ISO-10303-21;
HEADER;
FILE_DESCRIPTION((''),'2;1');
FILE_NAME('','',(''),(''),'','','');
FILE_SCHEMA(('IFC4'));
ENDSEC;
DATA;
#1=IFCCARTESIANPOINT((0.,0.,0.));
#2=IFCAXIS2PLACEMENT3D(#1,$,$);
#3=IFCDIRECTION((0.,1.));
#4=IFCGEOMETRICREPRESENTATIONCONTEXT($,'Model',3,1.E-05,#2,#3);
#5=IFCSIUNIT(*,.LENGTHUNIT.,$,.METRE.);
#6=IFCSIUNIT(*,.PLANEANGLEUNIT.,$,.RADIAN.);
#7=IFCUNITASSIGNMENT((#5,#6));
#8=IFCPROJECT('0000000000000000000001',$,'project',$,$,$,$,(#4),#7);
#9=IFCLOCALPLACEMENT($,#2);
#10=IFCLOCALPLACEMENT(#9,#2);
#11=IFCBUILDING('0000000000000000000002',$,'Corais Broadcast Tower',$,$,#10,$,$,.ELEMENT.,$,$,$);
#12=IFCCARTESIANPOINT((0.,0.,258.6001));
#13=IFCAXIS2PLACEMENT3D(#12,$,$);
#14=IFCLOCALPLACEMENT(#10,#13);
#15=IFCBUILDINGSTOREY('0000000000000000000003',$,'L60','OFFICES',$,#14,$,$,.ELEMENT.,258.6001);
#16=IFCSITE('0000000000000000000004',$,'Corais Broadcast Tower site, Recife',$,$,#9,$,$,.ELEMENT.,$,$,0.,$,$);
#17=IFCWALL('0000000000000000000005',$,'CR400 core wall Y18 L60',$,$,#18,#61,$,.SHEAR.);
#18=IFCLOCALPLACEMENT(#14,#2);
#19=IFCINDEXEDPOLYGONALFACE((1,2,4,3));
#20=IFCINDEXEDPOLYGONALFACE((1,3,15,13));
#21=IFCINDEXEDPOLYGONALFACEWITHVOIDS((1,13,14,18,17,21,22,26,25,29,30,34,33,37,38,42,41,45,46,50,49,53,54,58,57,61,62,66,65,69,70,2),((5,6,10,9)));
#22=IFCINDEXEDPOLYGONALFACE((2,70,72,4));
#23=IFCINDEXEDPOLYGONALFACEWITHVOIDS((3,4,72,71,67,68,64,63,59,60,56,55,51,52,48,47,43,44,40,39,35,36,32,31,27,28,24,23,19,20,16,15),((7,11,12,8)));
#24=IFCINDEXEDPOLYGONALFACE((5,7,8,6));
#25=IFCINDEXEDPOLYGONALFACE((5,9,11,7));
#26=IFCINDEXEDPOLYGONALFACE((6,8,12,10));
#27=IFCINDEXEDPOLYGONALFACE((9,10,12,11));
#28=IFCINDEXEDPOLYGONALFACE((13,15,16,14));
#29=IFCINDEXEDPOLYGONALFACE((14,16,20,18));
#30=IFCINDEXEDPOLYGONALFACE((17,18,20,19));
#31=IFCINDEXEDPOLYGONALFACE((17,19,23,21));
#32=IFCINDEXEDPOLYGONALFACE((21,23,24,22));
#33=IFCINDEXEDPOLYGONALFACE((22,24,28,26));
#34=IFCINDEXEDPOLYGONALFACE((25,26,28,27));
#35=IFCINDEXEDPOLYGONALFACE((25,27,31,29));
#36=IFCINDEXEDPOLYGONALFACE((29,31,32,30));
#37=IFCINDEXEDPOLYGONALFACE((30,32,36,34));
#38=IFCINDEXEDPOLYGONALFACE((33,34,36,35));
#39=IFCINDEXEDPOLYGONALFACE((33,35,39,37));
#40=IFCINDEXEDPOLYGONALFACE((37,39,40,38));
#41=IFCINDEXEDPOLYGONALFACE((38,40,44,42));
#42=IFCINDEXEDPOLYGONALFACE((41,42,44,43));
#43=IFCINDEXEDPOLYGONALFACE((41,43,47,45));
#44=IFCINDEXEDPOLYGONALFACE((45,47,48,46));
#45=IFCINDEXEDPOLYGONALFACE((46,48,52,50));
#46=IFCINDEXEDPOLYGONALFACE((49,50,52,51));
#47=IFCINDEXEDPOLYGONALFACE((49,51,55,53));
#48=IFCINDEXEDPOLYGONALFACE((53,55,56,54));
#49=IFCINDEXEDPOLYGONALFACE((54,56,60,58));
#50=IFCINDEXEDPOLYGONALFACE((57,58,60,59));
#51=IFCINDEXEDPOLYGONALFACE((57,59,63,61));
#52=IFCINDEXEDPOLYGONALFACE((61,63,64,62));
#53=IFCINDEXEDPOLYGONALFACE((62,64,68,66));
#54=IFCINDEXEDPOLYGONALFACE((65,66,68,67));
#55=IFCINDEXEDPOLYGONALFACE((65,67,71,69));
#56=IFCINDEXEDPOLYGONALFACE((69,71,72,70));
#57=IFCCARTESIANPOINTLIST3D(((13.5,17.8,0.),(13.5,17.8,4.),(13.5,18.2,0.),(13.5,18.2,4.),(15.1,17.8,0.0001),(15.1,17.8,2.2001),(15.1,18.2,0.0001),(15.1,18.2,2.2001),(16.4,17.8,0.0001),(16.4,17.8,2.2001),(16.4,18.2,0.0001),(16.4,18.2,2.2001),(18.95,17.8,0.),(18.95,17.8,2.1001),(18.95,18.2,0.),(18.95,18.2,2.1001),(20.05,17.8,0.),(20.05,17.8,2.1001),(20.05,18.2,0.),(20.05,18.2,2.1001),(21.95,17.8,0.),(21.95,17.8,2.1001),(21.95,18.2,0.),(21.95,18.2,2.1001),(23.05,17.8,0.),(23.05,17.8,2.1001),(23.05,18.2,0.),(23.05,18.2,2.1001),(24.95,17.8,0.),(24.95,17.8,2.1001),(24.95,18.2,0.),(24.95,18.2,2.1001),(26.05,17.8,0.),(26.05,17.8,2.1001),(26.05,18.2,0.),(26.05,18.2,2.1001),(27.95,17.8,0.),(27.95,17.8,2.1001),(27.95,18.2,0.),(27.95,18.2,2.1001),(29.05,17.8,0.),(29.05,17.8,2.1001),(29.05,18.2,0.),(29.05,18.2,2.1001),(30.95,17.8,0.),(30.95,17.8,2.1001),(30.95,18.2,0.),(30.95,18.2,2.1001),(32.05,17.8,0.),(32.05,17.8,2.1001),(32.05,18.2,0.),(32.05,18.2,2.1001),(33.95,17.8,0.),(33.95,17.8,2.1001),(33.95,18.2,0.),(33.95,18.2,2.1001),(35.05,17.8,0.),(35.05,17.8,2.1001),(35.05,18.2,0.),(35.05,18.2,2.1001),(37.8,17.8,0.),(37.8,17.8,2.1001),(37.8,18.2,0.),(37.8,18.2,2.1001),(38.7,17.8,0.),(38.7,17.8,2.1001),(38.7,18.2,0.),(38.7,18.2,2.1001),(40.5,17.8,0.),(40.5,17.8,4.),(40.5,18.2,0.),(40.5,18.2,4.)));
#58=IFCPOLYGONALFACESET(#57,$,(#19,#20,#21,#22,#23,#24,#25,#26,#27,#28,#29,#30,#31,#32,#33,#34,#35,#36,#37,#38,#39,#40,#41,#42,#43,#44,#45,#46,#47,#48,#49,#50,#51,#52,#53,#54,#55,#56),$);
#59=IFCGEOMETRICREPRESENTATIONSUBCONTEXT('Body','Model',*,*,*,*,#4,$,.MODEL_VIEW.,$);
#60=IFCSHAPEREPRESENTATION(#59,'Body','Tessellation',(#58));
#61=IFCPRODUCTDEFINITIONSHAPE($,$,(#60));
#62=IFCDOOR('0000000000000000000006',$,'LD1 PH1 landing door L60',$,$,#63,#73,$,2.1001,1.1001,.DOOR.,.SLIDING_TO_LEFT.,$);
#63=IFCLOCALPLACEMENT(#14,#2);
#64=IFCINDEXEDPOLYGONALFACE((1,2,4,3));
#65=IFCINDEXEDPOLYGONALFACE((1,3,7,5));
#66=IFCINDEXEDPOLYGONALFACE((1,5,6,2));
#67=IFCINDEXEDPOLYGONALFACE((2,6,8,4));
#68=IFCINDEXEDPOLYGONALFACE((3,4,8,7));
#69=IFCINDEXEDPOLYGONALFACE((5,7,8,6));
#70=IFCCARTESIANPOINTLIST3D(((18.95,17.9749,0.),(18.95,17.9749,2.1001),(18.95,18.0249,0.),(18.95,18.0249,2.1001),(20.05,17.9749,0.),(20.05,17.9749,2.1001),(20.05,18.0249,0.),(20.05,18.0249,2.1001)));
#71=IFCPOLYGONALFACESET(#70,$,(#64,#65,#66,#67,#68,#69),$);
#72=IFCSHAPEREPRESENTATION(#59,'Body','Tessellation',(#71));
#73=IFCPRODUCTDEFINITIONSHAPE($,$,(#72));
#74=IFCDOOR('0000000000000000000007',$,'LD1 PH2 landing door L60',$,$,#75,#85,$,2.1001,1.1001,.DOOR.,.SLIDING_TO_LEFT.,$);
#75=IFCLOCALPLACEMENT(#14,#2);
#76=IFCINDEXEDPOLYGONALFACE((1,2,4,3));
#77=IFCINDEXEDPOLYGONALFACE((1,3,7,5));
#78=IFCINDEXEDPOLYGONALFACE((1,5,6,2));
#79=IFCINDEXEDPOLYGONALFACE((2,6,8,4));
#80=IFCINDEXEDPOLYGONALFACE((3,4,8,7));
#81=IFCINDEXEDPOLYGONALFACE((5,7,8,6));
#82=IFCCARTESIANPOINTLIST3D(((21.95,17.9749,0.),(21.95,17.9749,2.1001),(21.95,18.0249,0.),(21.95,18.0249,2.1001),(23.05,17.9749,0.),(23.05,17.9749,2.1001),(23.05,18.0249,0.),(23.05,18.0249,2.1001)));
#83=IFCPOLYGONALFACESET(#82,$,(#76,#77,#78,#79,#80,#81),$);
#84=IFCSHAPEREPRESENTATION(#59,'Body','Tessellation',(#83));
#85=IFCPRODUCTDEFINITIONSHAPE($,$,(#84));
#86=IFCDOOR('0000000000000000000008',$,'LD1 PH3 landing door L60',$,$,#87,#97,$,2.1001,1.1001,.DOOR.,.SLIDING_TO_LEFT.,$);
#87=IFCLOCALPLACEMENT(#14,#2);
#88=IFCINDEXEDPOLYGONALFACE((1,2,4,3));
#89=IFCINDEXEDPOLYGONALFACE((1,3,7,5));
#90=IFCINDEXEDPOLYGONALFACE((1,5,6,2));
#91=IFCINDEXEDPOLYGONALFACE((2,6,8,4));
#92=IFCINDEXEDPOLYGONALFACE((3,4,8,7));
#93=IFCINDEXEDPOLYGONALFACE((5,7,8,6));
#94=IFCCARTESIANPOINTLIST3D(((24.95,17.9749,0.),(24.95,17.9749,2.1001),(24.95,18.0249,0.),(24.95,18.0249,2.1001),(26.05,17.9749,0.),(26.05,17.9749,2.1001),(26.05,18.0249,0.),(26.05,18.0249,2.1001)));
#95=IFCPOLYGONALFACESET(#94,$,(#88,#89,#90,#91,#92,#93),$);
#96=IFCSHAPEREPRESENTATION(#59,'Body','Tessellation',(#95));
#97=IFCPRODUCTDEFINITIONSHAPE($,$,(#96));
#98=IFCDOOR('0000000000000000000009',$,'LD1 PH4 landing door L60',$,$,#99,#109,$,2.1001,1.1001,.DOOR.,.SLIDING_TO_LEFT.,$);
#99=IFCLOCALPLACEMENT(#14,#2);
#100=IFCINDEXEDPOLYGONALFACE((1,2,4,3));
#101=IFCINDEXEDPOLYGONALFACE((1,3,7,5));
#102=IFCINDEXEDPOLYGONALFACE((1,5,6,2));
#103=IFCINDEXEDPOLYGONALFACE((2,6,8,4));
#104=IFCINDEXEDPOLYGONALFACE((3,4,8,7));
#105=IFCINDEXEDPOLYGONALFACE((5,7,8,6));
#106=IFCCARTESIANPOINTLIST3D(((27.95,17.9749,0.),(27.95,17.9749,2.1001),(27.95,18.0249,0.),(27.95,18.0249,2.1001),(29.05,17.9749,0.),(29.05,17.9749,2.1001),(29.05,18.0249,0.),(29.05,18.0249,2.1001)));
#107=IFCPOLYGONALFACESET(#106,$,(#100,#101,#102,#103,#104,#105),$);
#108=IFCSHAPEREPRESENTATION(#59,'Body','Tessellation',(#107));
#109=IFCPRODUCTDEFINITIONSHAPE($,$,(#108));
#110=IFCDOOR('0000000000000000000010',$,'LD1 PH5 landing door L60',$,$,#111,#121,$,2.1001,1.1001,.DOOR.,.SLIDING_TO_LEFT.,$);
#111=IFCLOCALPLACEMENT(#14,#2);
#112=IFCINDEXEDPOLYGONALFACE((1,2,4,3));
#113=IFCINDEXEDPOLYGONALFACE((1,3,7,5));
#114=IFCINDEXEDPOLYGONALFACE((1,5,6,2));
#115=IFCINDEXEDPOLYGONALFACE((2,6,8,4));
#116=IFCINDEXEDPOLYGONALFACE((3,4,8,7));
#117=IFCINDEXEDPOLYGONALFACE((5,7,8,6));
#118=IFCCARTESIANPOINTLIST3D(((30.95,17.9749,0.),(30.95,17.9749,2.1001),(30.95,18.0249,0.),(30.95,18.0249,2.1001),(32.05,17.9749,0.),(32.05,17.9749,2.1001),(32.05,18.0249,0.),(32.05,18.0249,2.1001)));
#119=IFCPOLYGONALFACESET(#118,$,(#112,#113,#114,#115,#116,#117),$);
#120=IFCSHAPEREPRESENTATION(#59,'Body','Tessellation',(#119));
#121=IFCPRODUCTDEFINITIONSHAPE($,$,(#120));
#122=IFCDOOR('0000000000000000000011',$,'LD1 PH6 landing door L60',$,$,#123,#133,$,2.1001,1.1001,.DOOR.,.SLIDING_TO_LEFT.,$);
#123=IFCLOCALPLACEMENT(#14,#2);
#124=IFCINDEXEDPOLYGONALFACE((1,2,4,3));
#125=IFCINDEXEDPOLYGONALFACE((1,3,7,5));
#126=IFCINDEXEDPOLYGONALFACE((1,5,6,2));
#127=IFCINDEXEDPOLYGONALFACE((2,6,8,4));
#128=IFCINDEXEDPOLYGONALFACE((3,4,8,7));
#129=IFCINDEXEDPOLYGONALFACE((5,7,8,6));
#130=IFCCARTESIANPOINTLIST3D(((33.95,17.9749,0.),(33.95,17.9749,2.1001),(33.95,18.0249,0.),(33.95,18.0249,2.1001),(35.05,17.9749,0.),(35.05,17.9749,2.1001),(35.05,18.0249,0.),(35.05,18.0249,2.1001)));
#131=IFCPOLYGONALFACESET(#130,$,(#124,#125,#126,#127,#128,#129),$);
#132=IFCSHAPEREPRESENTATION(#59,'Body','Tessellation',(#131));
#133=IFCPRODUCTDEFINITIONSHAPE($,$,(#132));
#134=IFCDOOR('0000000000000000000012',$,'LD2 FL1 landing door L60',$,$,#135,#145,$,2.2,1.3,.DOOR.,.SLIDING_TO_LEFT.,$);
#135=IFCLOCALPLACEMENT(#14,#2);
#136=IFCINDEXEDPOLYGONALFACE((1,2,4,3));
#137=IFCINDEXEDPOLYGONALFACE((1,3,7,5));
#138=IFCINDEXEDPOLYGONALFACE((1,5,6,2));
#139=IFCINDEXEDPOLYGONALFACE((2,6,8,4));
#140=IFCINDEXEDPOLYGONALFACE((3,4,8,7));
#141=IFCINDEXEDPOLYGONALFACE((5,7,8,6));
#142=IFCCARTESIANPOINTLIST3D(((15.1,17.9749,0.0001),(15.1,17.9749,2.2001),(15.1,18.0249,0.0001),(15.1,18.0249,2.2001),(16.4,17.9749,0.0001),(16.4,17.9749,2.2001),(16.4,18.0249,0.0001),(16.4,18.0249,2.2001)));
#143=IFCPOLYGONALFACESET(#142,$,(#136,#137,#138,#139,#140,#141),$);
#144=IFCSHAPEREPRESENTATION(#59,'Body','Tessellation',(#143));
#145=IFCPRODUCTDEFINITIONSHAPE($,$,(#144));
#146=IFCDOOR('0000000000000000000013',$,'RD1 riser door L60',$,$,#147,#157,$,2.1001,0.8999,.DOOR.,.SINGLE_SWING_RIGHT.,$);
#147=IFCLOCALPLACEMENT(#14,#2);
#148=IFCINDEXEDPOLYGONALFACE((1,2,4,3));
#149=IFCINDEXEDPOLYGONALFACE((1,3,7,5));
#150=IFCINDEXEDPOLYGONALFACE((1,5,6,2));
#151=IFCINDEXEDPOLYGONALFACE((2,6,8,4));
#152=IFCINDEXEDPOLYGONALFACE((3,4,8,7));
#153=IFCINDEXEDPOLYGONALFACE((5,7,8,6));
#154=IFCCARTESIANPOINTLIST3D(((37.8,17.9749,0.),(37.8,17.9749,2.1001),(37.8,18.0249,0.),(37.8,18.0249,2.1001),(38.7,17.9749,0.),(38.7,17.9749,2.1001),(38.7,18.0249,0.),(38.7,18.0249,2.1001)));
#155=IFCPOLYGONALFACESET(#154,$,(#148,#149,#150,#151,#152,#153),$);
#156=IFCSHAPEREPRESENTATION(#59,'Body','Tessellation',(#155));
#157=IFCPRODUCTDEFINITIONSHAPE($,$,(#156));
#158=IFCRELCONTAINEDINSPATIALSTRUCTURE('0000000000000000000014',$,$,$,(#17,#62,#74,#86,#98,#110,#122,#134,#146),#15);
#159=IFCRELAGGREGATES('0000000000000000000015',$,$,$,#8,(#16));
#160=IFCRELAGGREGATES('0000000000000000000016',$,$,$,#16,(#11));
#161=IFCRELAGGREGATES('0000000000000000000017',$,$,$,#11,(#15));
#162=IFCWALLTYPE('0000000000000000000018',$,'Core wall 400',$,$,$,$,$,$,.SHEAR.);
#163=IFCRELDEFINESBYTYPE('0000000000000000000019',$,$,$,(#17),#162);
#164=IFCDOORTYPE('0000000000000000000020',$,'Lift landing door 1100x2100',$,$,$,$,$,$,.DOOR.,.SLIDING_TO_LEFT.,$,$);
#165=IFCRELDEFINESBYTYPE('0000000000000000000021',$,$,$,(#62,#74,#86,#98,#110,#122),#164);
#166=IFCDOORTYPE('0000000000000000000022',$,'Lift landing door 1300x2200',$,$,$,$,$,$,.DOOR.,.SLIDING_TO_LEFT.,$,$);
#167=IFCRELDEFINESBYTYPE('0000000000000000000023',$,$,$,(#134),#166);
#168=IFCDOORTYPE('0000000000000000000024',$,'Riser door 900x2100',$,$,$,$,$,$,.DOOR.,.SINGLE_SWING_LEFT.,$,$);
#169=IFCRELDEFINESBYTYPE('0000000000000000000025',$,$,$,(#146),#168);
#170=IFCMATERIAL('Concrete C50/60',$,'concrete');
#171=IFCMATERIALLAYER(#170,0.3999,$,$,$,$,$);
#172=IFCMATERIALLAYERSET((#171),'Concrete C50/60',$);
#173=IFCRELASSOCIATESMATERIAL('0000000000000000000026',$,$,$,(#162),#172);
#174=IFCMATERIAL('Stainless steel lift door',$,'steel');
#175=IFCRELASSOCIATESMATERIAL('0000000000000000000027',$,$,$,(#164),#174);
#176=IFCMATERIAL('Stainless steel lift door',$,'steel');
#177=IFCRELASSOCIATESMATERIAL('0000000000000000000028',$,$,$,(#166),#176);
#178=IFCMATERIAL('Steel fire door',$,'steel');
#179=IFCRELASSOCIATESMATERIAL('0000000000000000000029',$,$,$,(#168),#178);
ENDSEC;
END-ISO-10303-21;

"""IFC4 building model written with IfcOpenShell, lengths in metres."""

from ifc_helpers import new_model, si_unit, direction, frame, frame_2d, origin, place, context, subcontext, project, spatial, rectangle, extrude, material, layer, layer_set, type_object, element, fill, save


model = new_model("IFC4")

# Units and contexts
model_context = context("Model", 3, precision=1e-05, world=origin(), true_north=direction((0.0, 1.0)))
body_context = subcontext(model_context, "Body", "Model", "MODEL_VIEW")
ifc_project = project(units=[si_unit("LENGTHUNIT", "METRE"), si_unit("PLANEANGLEUNIT", "RADIAN")], contexts=[model_context])

# Site, building, storey
site_placement = place(None, origin())
site = spatial("IfcSite", under=ifc_project, at=site_placement, Name="Corais Broadcast Tower site, Recife", CompositionType="ELEMENT", RefElevation=0.0)
building_placement = place(site_placement, origin())
building = spatial("IfcBuilding", under=site, at=building_placement, Name="Corais Broadcast Tower", CompositionType="ELEMENT")
storey_placement = place(building_placement, frame((0.0, 0.0, 258.6001)))
storey = spatial("IfcBuildingStorey", under=building, at=storey_placement, Name="L60", Description="OFFICES", CompositionType="ELEMENT", Elevation=258.6001)

# Shared definitions
ifc_material_1 = material(Name="Concrete C50/60", Category="concrete")
ifc_layer_1 = layer(ifc_material_1, 0.3999)
ifc_layer_set_1 = layer_set([ifc_layer_1], Name="Concrete C50/60")
wall_type_1 = type_object("IfcWallType", Name="Core wall 400", PredefinedType="SHEAR", material=ifc_layer_set_1)

# Wall, openings, doors
wall_1_placement = place(storey_placement, frame((13.5, 18.0, 0.0), z_axis=(0.0, 0.0, 1.0), x_axis=(1.0, 0.0, 0.0)))
wall_1 = element("IfcWall", 1, at=wall_1_placement, inside=storey, type_object=wall_type_1, Name="CR400 core wall Y18 L60", PredefinedType="SHEAR", context=body_context, shape_type="SweptSolid", body=[
    extrude(rectangle(XDim=27.0, YDim=0.3999, at=frame_2d((13.5, 0.0))), origin(), (0.0, 0.0, 1.0), 4.0),
])
opening_1_placement = place(wall_1_placement, frame((24.3, 0.0, 0.0)))
opening_1 = element("IfcOpeningElement", 2, at=opening_1_placement, cuts=wall_1, PredefinedType="OPENING", context=body_context, shape_type="SweptSolid", body=[
    extrude(rectangle(XDim=0.8999, YDim=2.1001, at=frame_2d((0.45, 1.05))), frame((0.0, 0.21, 0.0), z_axis=(0.0, -1.0, 0.0), x_axis=(1.0, 0.0, 0.0)), (0.0, 0.0, 1.0), 0.4199),
])
opening_2_placement = place(wall_1_placement, frame((5.45, 0.0, 0.0)))
opening_2 = element("IfcOpeningElement", 3, at=opening_2_placement, cuts=wall_1, PredefinedType="OPENING", context=body_context, shape_type="SweptSolid", body=[
    extrude(rectangle(XDim=1.1001, YDim=2.1001, at=frame_2d((0.55, 1.05))), frame((0.0, 0.21, 0.0), z_axis=(0.0, -1.0, 0.0), x_axis=(1.0, 0.0, 0.0)), (0.0, 0.0, 1.0), 0.4199),
])
opening_3_placement = place(wall_1_placement, frame((8.45, 0.0, 0.0)))
opening_3 = element("IfcOpeningElement", 4, at=opening_3_placement, cuts=wall_1, PredefinedType="OPENING", context=body_context, shape_type="SweptSolid", body=[
    extrude(rectangle(XDim=1.1001, YDim=2.1001, at=frame_2d((0.55, 1.05))), frame((0.0, 0.21, 0.0), z_axis=(0.0, -1.0, 0.0), x_axis=(1.0, 0.0, 0.0)), (0.0, 0.0, 1.0), 0.4199),
])
opening_4_placement = place(wall_1_placement, frame((11.45, 0.0, 0.0)))
opening_4 = element("IfcOpeningElement", 5, at=opening_4_placement, cuts=wall_1, PredefinedType="OPENING", context=body_context, shape_type="SweptSolid", body=[
    extrude(rectangle(XDim=1.1001, YDim=2.1001, at=frame_2d((0.55, 1.05))), frame((0.0, 0.21, 0.0), z_axis=(0.0, -1.0, 0.0), x_axis=(1.0, 0.0, 0.0)), (0.0, 0.0, 1.0), 0.4199),
])
opening_5_placement = place(wall_1_placement, frame((14.45, 0.0, 0.0)))
opening_5 = element("IfcOpeningElement", 6, at=opening_5_placement, cuts=wall_1, PredefinedType="OPENING", context=body_context, shape_type="SweptSolid", body=[
    extrude(rectangle(XDim=1.1001, YDim=2.1001, at=frame_2d((0.55, 1.05))), frame((0.0, 0.21, 0.0), z_axis=(0.0, -1.0, 0.0), x_axis=(1.0, 0.0, 0.0)), (0.0, 0.0, 1.0), 0.4199),
])
opening_6_placement = place(wall_1_placement, frame((17.45, 0.0, 0.0)))
opening_6 = element("IfcOpeningElement", 7, at=opening_6_placement, cuts=wall_1, PredefinedType="OPENING", context=body_context, shape_type="SweptSolid", body=[
    extrude(rectangle(XDim=1.1001, YDim=2.1001, at=frame_2d((0.55, 1.05))), frame((0.0, 0.21, 0.0), z_axis=(0.0, -1.0, 0.0), x_axis=(1.0, 0.0, 0.0)), (0.0, 0.0, 1.0), 0.4199),
])
opening_7_placement = place(wall_1_placement, frame((20.45, 0.0, 0.0)))
opening_7 = element("IfcOpeningElement", 8, at=opening_7_placement, cuts=wall_1, PredefinedType="OPENING", context=body_context, shape_type="SweptSolid", body=[
    extrude(rectangle(XDim=1.1001, YDim=2.1001, at=frame_2d((0.55, 1.05))), frame((0.0, 0.21, 0.0), z_axis=(0.0, -1.0, 0.0), x_axis=(1.0, 0.0, 0.0)), (0.0, 0.0, 1.0), 0.4199),
])
opening_8_placement = place(wall_1_placement, frame((1.6001, 0.0, 0.0)))
opening_8 = element("IfcOpeningElement", 9, at=opening_8_placement, cuts=wall_1, PredefinedType="OPENING", context=body_context, shape_type="SweptSolid", body=[
    extrude(rectangle(XDim=1.3, YDim=2.2, at=frame_2d((0.6499, 1.1001))), frame((0.0, 0.21, 0.0), z_axis=(0.0, -1.0, 0.0), x_axis=(1.0, 0.0, 0.0)), (0.0, 0.0, 1.0), 0.4199),
])
ifc_material_2 = material(Name="Stainless steel lift door", Category="steel")
door_type_1 = type_object("IfcDoorType", Name="Lift landing door 1100x2100", OperationType="SLIDING_TO_LEFT", PredefinedType="DOOR", material=ifc_material_2)
door_1_placement = place(opening_2_placement, origin())
door_1 = element("IfcDoor", 10, at=door_1_placement, inside=storey, type_object=door_type_1, Name="LD1 PH1 landing door L60", OperationType="SLIDING_TO_LEFT", OverallHeight=2.1001, OverallWidth=1.1001, PredefinedType="DOOR", context=body_context, shape_type="SweptSolid", body=[
    extrude(rectangle(XDim=1.1001, YDim=2.1001, at=frame_2d((0.55, 1.05))), frame((0.0, 0.0249, 0.0), z_axis=(0.0, -1.0, 0.0), x_axis=(1.0, 0.0, 0.0)), (0.0, 0.0, 1.0), 0.05),
])
fill(opening_2, door_1)
door_2_placement = place(opening_3_placement, origin())
door_2 = element("IfcDoor", 11, at=door_2_placement, inside=storey, type_object=door_type_1, Name="LD1 PH2 landing door L60", OperationType="SLIDING_TO_LEFT", OverallHeight=2.1001, OverallWidth=1.1001, PredefinedType="DOOR", context=body_context, shape_type="SweptSolid", body=[
    extrude(rectangle(XDim=1.1001, YDim=2.1001, at=frame_2d((0.55, 1.05))), frame((0.0, 0.0249, 0.0), z_axis=(0.0, -1.0, 0.0), x_axis=(1.0, 0.0, 0.0)), (0.0, 0.0, 1.0), 0.05),
])
fill(opening_3, door_2)
door_3_placement = place(opening_4_placement, origin())
door_3 = element("IfcDoor", 12, at=door_3_placement, inside=storey, type_object=door_type_1, Name="LD1 PH3 landing door L60", OperationType="SLIDING_TO_LEFT", OverallHeight=2.1001, OverallWidth=1.1001, PredefinedType="DOOR", context=body_context, shape_type="SweptSolid", body=[
    extrude(rectangle(XDim=1.1001, YDim=2.1001, at=frame_2d((0.55, 1.05))), frame((0.0, 0.0249, 0.0), z_axis=(0.0, -1.0, 0.0), x_axis=(1.0, 0.0, 0.0)), (0.0, 0.0, 1.0), 0.05),
])
fill(opening_4, door_3)
door_4_placement = place(opening_5_placement, origin())
door_4 = element("IfcDoor", 13, at=door_4_placement, inside=storey, type_object=door_type_1, Name="LD1 PH4 landing door L60", OperationType="SLIDING_TO_LEFT", OverallHeight=2.1001, OverallWidth=1.1001, PredefinedType="DOOR", context=body_context, shape_type="SweptSolid", body=[
    extrude(rectangle(XDim=1.1001, YDim=2.1001, at=frame_2d((0.55, 1.05))), frame((0.0, 0.0249, 0.0), z_axis=(0.0, -1.0, 0.0), x_axis=(1.0, 0.0, 0.0)), (0.0, 0.0, 1.0), 0.05),
])
fill(opening_5, door_4)
door_5_placement = place(opening_6_placement, origin())
door_5 = element("IfcDoor", 14, at=door_5_placement, inside=storey, type_object=door_type_1, Name="LD1 PH5 landing door L60", OperationType="SLIDING_TO_LEFT", OverallHeight=2.1001, OverallWidth=1.1001, PredefinedType="DOOR", context=body_context, shape_type="SweptSolid", body=[
    extrude(rectangle(XDim=1.1001, YDim=2.1001, at=frame_2d((0.55, 1.05))), frame((0.0, 0.0249, 0.0), z_axis=(0.0, -1.0, 0.0), x_axis=(1.0, 0.0, 0.0)), (0.0, 0.0, 1.0), 0.05),
])
fill(opening_6, door_5)
door_6_placement = place(opening_7_placement, origin())
door_6 = element("IfcDoor", 15, at=door_6_placement, inside=storey, type_object=door_type_1, Name="LD1 PH6 landing door L60", OperationType="SLIDING_TO_LEFT", OverallHeight=2.1001, OverallWidth=1.1001, PredefinedType="DOOR", context=body_context, shape_type="SweptSolid", body=[
    extrude(rectangle(XDim=1.1001, YDim=2.1001, at=frame_2d((0.55, 1.05))), frame((0.0, 0.0249, 0.0), z_axis=(0.0, -1.0, 0.0), x_axis=(1.0, 0.0, 0.0)), (0.0, 0.0, 1.0), 0.05),
])
fill(opening_7, door_6)
ifc_material_3 = material(Name="Stainless steel lift door", Category="steel")
door_type_2 = type_object("IfcDoorType", Name="Lift landing door 1300x2200", OperationType="SLIDING_TO_LEFT", PredefinedType="DOOR", material=ifc_material_3)
door_7_placement = place(opening_8_placement, origin())
door_7 = element("IfcDoor", 16, at=door_7_placement, inside=storey, type_object=door_type_2, Name="LD2 FL1 landing door L60", OperationType="SLIDING_TO_LEFT", OverallHeight=2.2, OverallWidth=1.3, PredefinedType="DOOR", context=body_context, shape_type="SweptSolid", body=[
    extrude(rectangle(XDim=1.3, YDim=2.2, at=frame_2d((0.6499, 1.1001))), frame((0.0, 0.0249, 0.0), z_axis=(0.0, -1.0, 0.0), x_axis=(1.0, 0.0, 0.0)), (0.0, 0.0, 1.0), 0.05),
])
fill(opening_8, door_7)
ifc_material_4 = material(Name="Steel fire door", Category="steel")
door_type_3 = type_object("IfcDoorType", Name="Riser door 900x2100", OperationType="SINGLE_SWING_LEFT", PredefinedType="DOOR", material=ifc_material_4)
door_8_placement = place(opening_1_placement, origin())
door_8 = element("IfcDoor", 17, at=door_8_placement, inside=storey, type_object=door_type_3, Name="RD1 riser door L60", OperationType="SINGLE_SWING_RIGHT", OverallHeight=2.1001, OverallWidth=0.8999, PredefinedType="DOOR", context=body_context, shape_type="SweptSolid", body=[
    extrude(rectangle(XDim=0.8999, YDim=2.1001, at=frame_2d((0.45, 1.05))), frame((0.0, 0.0249, 0.0), z_axis=(0.0, -1.0, 0.0), x_axis=(1.0, 0.0, 0.0)), (0.0, 0.0, 1.0), 0.05),
])
fill(opening_1, door_8)

save(model, "model.ifc")
